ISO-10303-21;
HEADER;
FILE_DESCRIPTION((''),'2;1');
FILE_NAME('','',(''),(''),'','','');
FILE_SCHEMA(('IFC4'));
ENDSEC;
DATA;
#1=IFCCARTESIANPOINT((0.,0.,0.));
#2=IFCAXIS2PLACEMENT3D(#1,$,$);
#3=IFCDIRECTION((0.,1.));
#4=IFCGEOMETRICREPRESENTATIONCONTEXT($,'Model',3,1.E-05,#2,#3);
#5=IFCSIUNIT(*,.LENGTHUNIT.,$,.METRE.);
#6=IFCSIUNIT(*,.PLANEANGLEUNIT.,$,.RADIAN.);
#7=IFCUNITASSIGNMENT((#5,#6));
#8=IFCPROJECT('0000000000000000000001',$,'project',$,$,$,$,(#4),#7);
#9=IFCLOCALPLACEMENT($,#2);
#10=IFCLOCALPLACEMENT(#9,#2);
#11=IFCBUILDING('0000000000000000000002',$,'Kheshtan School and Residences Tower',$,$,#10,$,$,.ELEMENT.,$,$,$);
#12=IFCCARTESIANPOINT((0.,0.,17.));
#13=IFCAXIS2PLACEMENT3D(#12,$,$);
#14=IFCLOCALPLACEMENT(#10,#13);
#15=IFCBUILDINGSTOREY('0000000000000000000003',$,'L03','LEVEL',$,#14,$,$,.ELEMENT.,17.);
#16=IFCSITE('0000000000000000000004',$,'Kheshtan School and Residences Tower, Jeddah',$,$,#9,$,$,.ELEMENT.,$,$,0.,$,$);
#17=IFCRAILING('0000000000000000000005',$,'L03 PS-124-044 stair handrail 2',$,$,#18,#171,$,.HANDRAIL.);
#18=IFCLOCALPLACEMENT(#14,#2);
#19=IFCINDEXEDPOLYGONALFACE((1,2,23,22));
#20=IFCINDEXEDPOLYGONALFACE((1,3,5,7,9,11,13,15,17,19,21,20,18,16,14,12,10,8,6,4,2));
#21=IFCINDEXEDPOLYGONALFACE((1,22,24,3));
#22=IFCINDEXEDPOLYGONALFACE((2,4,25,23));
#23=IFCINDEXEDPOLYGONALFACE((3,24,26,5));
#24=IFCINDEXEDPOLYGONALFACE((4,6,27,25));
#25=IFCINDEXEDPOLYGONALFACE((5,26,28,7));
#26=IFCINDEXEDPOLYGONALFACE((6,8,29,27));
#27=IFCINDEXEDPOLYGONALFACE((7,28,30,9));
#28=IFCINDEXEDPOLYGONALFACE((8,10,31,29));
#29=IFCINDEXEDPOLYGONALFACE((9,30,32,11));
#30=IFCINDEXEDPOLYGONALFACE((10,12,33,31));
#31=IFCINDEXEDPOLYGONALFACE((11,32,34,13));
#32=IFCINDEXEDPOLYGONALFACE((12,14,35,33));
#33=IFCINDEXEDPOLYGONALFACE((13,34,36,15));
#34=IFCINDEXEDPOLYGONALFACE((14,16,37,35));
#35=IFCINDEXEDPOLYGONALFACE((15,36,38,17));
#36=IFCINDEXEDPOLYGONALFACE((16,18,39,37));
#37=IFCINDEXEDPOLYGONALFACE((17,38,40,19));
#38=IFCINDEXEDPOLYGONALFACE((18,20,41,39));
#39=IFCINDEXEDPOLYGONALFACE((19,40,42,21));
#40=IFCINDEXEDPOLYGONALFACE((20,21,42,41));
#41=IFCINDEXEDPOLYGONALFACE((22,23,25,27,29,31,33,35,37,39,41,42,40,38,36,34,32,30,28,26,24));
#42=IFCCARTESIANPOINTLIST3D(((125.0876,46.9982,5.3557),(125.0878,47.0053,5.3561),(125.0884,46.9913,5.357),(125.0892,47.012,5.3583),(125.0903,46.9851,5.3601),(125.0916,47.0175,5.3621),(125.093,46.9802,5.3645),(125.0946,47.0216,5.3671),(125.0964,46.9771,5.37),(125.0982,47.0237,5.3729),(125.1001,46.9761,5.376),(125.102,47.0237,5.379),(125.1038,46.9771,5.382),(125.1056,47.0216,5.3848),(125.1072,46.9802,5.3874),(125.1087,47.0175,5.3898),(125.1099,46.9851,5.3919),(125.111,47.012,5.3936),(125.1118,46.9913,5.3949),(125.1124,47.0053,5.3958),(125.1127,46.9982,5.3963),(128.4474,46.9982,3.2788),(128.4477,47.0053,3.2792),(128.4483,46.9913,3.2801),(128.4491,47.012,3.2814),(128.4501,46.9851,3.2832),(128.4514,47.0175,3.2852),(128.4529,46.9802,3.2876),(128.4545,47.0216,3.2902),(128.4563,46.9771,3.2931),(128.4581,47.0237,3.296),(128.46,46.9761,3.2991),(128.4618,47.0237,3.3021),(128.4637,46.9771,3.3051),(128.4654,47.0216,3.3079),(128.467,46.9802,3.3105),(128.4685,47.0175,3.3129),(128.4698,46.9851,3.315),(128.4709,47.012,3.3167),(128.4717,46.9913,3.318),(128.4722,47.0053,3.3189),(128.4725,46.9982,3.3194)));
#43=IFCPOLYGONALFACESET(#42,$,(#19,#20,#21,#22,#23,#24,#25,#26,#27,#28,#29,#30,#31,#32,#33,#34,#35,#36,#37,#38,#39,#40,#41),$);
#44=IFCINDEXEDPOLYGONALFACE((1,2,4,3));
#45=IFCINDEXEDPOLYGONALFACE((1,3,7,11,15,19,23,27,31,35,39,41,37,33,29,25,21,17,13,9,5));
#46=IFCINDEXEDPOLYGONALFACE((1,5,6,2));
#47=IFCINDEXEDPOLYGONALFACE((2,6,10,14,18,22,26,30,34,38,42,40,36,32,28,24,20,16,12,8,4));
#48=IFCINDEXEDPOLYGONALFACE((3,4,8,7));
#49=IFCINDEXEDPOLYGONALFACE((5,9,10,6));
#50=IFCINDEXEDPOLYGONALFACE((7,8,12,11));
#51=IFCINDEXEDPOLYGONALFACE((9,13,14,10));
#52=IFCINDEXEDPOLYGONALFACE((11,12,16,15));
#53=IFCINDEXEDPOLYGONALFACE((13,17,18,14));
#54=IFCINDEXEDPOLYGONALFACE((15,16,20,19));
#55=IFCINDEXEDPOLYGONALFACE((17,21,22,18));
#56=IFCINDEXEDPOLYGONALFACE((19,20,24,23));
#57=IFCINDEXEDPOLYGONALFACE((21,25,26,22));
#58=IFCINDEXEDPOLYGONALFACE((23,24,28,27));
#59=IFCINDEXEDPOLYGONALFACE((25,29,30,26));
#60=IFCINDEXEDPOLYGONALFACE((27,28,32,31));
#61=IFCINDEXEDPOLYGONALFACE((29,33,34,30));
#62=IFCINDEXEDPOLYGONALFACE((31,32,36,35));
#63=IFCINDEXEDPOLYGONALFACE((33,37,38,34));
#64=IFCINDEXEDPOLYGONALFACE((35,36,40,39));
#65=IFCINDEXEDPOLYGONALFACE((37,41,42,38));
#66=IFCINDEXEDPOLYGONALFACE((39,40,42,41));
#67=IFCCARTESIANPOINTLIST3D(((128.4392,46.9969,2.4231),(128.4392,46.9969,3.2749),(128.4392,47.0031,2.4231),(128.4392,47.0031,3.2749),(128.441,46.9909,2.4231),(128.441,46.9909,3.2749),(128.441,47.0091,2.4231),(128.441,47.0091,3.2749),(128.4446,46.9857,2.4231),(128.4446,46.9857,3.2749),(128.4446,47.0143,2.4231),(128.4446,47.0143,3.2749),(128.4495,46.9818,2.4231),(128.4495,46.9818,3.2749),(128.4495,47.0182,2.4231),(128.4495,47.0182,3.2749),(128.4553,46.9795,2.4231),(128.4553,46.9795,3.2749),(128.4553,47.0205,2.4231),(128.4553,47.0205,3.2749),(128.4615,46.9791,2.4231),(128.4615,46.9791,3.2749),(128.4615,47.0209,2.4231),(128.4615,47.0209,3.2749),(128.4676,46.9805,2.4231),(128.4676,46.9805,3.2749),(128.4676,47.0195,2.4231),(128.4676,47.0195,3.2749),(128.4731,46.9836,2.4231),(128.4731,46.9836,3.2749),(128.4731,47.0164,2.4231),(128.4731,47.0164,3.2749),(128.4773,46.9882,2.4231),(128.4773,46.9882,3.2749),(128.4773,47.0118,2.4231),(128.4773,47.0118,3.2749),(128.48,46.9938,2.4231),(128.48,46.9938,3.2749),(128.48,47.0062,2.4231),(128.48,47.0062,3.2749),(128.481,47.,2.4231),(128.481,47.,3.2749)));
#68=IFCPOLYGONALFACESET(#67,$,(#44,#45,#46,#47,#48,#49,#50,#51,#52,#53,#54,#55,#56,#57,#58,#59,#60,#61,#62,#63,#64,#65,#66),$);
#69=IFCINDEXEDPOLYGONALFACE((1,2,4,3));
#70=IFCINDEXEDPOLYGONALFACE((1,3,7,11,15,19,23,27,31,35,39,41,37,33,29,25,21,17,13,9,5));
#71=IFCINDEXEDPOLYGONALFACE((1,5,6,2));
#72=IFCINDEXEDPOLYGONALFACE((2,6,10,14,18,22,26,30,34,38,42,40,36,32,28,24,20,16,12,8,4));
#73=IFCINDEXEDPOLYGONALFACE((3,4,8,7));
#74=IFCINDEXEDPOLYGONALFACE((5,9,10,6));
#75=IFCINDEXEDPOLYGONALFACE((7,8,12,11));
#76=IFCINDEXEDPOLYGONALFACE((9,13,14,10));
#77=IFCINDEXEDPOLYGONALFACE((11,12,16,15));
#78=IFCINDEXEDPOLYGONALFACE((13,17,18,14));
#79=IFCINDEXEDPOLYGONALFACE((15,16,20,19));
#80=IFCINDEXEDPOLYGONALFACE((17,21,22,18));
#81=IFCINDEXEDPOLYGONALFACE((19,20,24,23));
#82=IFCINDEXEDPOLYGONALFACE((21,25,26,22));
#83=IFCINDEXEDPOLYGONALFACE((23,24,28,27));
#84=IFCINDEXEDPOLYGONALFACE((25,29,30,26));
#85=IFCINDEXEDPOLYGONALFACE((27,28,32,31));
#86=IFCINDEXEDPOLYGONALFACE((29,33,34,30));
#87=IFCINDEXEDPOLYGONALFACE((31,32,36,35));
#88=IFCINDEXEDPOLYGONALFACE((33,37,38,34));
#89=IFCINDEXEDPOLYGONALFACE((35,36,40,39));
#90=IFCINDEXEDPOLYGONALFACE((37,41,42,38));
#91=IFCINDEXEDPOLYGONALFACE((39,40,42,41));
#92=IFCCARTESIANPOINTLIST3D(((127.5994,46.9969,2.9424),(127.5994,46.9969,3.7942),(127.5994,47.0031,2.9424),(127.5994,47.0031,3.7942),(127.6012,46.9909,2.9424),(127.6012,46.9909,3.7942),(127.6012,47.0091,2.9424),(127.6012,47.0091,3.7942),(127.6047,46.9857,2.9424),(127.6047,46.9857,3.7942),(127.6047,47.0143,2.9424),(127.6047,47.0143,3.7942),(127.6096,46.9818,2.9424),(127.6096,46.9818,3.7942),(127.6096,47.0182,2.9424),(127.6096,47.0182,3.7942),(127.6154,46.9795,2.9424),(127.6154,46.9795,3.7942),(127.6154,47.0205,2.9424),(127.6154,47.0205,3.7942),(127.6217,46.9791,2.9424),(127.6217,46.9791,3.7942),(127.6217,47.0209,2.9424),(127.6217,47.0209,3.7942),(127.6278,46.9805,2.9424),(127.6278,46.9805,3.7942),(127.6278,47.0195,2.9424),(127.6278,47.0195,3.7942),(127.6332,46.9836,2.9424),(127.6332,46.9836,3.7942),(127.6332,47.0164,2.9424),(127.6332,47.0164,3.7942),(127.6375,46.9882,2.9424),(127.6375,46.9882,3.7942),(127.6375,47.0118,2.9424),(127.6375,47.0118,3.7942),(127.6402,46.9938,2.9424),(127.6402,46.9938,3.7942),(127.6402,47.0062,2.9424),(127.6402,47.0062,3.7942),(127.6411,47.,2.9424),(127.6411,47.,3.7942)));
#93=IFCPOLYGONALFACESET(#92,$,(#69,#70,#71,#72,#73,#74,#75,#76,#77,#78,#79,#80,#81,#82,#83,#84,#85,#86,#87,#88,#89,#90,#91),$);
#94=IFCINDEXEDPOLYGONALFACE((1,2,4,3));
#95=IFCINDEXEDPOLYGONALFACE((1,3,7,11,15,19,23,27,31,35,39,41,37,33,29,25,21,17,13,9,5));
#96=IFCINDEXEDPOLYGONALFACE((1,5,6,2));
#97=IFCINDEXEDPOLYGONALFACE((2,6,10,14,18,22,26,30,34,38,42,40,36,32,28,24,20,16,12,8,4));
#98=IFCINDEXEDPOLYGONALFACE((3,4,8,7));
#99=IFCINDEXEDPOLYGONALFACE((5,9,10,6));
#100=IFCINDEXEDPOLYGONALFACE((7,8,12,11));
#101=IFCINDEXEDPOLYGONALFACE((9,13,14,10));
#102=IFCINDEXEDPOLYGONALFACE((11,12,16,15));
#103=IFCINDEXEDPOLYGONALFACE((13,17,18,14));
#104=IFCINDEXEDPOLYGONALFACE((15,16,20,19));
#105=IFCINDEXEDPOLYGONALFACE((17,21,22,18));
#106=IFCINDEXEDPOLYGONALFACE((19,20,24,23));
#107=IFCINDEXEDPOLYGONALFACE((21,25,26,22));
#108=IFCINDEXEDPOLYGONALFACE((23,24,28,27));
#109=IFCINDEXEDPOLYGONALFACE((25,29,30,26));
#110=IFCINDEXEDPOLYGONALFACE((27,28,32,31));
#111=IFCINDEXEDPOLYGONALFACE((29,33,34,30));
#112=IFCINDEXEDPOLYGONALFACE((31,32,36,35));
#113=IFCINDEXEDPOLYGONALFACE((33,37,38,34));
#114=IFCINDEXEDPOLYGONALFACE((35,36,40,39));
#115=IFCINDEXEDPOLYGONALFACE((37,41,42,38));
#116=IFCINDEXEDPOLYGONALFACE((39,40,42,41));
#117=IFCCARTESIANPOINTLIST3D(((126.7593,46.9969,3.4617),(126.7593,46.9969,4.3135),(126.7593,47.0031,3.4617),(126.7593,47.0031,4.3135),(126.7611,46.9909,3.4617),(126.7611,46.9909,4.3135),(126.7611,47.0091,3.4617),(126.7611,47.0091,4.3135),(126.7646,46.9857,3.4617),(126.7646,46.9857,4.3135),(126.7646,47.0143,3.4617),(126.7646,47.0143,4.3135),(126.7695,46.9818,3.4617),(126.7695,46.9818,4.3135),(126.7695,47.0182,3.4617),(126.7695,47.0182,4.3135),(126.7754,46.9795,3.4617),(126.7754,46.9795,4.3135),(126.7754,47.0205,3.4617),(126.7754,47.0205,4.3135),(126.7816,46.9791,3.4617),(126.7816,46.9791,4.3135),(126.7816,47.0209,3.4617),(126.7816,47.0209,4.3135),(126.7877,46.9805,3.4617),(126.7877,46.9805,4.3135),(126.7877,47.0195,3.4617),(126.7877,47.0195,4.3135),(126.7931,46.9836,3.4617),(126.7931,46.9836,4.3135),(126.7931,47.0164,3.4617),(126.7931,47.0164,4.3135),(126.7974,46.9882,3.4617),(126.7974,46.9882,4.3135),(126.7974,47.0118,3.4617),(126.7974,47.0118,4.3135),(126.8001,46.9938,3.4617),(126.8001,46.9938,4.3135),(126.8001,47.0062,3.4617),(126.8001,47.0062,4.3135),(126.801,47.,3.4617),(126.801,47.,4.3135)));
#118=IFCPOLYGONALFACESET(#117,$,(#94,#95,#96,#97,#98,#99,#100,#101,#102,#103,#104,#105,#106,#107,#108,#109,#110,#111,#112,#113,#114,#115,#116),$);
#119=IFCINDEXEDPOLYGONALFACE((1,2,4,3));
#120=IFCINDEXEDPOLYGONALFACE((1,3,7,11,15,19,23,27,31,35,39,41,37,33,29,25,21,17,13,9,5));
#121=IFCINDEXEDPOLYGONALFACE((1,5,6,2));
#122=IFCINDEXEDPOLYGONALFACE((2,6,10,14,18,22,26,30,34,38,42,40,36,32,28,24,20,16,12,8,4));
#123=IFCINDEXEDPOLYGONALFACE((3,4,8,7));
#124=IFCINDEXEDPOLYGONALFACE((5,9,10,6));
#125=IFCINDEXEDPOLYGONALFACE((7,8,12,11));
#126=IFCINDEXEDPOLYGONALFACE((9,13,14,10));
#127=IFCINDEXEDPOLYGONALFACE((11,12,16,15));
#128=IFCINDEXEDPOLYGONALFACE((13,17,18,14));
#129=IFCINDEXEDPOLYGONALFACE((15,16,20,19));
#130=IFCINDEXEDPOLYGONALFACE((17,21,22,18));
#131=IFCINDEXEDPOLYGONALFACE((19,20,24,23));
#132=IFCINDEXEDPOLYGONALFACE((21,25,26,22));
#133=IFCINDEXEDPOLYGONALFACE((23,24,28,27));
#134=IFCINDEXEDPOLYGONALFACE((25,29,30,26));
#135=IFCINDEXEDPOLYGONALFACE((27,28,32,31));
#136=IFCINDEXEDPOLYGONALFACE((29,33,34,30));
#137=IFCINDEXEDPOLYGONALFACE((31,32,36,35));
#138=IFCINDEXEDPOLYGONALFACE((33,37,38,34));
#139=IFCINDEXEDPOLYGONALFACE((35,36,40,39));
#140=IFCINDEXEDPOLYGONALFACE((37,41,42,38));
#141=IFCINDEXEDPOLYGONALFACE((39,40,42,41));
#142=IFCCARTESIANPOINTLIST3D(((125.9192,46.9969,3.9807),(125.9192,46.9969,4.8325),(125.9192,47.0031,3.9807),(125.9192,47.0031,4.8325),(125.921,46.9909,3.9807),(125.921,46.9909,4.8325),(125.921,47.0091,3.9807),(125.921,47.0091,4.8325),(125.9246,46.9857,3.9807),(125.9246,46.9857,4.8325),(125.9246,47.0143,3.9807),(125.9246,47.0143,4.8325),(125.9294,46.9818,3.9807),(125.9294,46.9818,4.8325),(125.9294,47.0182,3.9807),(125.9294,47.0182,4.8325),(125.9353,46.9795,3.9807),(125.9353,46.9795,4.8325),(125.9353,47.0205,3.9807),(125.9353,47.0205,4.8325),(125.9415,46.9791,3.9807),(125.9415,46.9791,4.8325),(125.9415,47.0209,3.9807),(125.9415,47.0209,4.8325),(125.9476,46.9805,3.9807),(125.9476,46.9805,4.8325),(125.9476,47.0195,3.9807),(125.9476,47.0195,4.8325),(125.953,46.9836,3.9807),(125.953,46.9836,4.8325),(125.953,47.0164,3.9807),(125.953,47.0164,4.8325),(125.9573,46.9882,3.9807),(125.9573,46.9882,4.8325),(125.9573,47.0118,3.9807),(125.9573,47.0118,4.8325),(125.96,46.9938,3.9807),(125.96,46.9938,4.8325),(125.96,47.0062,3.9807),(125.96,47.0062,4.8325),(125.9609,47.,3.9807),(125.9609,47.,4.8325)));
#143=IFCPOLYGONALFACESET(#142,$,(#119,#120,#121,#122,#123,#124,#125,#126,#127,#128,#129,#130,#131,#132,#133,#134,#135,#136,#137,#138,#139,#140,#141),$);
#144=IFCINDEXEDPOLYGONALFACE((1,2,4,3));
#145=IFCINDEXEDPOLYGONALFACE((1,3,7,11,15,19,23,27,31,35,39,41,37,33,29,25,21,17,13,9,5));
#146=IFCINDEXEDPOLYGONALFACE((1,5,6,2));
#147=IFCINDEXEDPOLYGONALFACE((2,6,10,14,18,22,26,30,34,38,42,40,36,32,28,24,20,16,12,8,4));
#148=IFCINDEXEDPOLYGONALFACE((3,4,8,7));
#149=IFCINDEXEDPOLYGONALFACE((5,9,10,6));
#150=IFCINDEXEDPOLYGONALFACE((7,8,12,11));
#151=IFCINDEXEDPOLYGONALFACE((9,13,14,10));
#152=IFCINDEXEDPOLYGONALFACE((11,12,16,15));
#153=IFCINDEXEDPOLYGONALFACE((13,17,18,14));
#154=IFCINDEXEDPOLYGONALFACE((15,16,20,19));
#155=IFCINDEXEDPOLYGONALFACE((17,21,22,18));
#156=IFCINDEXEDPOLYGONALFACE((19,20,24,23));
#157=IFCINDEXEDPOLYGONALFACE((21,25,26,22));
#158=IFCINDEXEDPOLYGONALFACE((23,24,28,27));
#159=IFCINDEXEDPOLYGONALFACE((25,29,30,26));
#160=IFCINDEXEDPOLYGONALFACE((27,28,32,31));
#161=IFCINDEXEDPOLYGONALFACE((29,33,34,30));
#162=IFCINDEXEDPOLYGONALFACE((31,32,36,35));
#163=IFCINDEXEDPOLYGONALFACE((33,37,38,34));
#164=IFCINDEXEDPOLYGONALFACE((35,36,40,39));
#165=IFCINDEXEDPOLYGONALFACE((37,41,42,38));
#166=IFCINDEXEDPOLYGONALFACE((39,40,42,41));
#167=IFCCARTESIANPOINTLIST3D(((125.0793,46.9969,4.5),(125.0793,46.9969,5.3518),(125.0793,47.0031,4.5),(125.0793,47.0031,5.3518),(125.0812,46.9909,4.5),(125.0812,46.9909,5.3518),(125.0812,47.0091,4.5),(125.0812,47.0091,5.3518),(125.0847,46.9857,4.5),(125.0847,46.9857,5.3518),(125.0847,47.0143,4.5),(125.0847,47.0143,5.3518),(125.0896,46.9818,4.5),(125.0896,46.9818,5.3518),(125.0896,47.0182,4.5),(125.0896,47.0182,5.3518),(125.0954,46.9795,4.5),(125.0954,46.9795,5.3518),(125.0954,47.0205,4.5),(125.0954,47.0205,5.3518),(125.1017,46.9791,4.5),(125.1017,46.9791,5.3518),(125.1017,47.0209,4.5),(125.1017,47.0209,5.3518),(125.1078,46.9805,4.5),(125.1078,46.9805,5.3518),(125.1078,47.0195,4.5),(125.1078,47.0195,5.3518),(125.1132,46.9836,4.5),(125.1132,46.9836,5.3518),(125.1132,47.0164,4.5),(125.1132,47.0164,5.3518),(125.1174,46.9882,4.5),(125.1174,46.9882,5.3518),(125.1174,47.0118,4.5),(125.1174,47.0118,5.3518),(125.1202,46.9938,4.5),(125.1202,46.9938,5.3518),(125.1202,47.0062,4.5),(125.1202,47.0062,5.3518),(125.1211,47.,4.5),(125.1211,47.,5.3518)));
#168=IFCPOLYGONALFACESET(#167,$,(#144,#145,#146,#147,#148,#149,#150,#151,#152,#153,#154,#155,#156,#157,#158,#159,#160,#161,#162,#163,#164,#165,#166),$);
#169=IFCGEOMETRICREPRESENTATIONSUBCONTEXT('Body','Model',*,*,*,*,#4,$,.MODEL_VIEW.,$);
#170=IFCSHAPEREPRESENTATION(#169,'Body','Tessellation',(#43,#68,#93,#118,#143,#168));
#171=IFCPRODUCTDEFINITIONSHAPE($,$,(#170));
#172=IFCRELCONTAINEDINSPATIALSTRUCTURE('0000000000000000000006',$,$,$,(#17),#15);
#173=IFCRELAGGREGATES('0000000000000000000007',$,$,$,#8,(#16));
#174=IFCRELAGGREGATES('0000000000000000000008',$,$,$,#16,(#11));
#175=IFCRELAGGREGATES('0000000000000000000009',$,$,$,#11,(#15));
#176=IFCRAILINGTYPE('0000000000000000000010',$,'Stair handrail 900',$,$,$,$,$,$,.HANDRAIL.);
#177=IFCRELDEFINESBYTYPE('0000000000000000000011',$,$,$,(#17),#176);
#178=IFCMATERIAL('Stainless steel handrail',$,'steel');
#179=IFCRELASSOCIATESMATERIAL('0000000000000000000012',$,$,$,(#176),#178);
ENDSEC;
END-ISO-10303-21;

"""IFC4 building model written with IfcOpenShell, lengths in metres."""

from ifc_helpers import new_model, si_unit, direction, frame, origin, origin_2d, place, context, subcontext, project, spatial, circle, extrude, material, type_object, element, save


model = new_model("IFC4")

# Units and contexts
model_context = context("Model", 3, precision=1e-05, world=origin(), true_north=direction((0.0, 1.0)))
body_context = subcontext(model_context, "Body", "Model", "MODEL_VIEW")
ifc_project = project(units=[si_unit("LENGTHUNIT", "METRE"), si_unit("PLANEANGLEUNIT", "RADIAN")], contexts=[model_context])

# Site, building, storey
site_placement = place(None, origin())
site = spatial("IfcSite", under=ifc_project, at=site_placement, Name="Kheshtan School and Residences Tower, Jeddah", CompositionType="ELEMENT", RefElevation=0.0)
building_placement = place(site_placement, origin())
building = spatial("IfcBuilding", under=site, at=building_placement, Name="Kheshtan School and Residences Tower", CompositionType="ELEMENT")
storey_placement = place(building_placement, frame((0.0, 0.0, 17.0)))
storey = spatial("IfcBuildingStorey", under=building, at=storey_placement, Name="L03", Description="LEVEL", CompositionType="ELEMENT", Elevation=17.0)

# Railing
ifc_material_1 = material(Name="Stainless steel handrail", Category="steel")
railing_type_1 = type_object("IfcRailingType", Name="Stair handrail 900", PredefinedType="HANDRAIL", material=ifc_material_1)
railing_1_placement = place(storey_placement, frame((128.46, 47.0, 2.4231)))
element("IfcRailing", 1, at=railing_1_placement, inside=storey, type_object=railing_type_1, Name="L03 PS-124-044 stair handrail 2", PredefinedType="HANDRAIL", context=body_context, shape_type="SweptSolid", body=[
    extrude(circle(Radius=0.0239, at=origin_2d()), frame((0.0, 0.0, 0.876), z_axis=(-0.850606, 0.0, 0.525803), x_axis=(0.0, -1.0, 0.0)), (0.0, 0.0, 1.0), 3.95),
    extrude(circle(Radius=0.021, at=origin_2d()), origin(), (0.0, 0.0, 1.0), 0.8518),
    extrude(circle(Radius=0.021, at=origin_2d()), frame((-0.8398, 0.0, 0.5193)), (0.0, 0.0, 1.0), 0.8518),
    extrude(circle(Radius=0.021, at=origin_2d()), frame((-1.6799, 0.0, 1.0386)), (0.0, 0.0, 1.0), 0.8518),
    extrude(circle(Radius=0.021, at=origin_2d()), frame((-2.52, 0.0, 1.5576)), (0.0, 0.0, 1.0), 0.8518),
    extrude(circle(Radius=0.021, at=origin_2d()), frame((-3.3599, 0.0, 2.0769)), (0.0, 0.0, 1.0), 0.8518),
])

save(model, "model.ifc")
